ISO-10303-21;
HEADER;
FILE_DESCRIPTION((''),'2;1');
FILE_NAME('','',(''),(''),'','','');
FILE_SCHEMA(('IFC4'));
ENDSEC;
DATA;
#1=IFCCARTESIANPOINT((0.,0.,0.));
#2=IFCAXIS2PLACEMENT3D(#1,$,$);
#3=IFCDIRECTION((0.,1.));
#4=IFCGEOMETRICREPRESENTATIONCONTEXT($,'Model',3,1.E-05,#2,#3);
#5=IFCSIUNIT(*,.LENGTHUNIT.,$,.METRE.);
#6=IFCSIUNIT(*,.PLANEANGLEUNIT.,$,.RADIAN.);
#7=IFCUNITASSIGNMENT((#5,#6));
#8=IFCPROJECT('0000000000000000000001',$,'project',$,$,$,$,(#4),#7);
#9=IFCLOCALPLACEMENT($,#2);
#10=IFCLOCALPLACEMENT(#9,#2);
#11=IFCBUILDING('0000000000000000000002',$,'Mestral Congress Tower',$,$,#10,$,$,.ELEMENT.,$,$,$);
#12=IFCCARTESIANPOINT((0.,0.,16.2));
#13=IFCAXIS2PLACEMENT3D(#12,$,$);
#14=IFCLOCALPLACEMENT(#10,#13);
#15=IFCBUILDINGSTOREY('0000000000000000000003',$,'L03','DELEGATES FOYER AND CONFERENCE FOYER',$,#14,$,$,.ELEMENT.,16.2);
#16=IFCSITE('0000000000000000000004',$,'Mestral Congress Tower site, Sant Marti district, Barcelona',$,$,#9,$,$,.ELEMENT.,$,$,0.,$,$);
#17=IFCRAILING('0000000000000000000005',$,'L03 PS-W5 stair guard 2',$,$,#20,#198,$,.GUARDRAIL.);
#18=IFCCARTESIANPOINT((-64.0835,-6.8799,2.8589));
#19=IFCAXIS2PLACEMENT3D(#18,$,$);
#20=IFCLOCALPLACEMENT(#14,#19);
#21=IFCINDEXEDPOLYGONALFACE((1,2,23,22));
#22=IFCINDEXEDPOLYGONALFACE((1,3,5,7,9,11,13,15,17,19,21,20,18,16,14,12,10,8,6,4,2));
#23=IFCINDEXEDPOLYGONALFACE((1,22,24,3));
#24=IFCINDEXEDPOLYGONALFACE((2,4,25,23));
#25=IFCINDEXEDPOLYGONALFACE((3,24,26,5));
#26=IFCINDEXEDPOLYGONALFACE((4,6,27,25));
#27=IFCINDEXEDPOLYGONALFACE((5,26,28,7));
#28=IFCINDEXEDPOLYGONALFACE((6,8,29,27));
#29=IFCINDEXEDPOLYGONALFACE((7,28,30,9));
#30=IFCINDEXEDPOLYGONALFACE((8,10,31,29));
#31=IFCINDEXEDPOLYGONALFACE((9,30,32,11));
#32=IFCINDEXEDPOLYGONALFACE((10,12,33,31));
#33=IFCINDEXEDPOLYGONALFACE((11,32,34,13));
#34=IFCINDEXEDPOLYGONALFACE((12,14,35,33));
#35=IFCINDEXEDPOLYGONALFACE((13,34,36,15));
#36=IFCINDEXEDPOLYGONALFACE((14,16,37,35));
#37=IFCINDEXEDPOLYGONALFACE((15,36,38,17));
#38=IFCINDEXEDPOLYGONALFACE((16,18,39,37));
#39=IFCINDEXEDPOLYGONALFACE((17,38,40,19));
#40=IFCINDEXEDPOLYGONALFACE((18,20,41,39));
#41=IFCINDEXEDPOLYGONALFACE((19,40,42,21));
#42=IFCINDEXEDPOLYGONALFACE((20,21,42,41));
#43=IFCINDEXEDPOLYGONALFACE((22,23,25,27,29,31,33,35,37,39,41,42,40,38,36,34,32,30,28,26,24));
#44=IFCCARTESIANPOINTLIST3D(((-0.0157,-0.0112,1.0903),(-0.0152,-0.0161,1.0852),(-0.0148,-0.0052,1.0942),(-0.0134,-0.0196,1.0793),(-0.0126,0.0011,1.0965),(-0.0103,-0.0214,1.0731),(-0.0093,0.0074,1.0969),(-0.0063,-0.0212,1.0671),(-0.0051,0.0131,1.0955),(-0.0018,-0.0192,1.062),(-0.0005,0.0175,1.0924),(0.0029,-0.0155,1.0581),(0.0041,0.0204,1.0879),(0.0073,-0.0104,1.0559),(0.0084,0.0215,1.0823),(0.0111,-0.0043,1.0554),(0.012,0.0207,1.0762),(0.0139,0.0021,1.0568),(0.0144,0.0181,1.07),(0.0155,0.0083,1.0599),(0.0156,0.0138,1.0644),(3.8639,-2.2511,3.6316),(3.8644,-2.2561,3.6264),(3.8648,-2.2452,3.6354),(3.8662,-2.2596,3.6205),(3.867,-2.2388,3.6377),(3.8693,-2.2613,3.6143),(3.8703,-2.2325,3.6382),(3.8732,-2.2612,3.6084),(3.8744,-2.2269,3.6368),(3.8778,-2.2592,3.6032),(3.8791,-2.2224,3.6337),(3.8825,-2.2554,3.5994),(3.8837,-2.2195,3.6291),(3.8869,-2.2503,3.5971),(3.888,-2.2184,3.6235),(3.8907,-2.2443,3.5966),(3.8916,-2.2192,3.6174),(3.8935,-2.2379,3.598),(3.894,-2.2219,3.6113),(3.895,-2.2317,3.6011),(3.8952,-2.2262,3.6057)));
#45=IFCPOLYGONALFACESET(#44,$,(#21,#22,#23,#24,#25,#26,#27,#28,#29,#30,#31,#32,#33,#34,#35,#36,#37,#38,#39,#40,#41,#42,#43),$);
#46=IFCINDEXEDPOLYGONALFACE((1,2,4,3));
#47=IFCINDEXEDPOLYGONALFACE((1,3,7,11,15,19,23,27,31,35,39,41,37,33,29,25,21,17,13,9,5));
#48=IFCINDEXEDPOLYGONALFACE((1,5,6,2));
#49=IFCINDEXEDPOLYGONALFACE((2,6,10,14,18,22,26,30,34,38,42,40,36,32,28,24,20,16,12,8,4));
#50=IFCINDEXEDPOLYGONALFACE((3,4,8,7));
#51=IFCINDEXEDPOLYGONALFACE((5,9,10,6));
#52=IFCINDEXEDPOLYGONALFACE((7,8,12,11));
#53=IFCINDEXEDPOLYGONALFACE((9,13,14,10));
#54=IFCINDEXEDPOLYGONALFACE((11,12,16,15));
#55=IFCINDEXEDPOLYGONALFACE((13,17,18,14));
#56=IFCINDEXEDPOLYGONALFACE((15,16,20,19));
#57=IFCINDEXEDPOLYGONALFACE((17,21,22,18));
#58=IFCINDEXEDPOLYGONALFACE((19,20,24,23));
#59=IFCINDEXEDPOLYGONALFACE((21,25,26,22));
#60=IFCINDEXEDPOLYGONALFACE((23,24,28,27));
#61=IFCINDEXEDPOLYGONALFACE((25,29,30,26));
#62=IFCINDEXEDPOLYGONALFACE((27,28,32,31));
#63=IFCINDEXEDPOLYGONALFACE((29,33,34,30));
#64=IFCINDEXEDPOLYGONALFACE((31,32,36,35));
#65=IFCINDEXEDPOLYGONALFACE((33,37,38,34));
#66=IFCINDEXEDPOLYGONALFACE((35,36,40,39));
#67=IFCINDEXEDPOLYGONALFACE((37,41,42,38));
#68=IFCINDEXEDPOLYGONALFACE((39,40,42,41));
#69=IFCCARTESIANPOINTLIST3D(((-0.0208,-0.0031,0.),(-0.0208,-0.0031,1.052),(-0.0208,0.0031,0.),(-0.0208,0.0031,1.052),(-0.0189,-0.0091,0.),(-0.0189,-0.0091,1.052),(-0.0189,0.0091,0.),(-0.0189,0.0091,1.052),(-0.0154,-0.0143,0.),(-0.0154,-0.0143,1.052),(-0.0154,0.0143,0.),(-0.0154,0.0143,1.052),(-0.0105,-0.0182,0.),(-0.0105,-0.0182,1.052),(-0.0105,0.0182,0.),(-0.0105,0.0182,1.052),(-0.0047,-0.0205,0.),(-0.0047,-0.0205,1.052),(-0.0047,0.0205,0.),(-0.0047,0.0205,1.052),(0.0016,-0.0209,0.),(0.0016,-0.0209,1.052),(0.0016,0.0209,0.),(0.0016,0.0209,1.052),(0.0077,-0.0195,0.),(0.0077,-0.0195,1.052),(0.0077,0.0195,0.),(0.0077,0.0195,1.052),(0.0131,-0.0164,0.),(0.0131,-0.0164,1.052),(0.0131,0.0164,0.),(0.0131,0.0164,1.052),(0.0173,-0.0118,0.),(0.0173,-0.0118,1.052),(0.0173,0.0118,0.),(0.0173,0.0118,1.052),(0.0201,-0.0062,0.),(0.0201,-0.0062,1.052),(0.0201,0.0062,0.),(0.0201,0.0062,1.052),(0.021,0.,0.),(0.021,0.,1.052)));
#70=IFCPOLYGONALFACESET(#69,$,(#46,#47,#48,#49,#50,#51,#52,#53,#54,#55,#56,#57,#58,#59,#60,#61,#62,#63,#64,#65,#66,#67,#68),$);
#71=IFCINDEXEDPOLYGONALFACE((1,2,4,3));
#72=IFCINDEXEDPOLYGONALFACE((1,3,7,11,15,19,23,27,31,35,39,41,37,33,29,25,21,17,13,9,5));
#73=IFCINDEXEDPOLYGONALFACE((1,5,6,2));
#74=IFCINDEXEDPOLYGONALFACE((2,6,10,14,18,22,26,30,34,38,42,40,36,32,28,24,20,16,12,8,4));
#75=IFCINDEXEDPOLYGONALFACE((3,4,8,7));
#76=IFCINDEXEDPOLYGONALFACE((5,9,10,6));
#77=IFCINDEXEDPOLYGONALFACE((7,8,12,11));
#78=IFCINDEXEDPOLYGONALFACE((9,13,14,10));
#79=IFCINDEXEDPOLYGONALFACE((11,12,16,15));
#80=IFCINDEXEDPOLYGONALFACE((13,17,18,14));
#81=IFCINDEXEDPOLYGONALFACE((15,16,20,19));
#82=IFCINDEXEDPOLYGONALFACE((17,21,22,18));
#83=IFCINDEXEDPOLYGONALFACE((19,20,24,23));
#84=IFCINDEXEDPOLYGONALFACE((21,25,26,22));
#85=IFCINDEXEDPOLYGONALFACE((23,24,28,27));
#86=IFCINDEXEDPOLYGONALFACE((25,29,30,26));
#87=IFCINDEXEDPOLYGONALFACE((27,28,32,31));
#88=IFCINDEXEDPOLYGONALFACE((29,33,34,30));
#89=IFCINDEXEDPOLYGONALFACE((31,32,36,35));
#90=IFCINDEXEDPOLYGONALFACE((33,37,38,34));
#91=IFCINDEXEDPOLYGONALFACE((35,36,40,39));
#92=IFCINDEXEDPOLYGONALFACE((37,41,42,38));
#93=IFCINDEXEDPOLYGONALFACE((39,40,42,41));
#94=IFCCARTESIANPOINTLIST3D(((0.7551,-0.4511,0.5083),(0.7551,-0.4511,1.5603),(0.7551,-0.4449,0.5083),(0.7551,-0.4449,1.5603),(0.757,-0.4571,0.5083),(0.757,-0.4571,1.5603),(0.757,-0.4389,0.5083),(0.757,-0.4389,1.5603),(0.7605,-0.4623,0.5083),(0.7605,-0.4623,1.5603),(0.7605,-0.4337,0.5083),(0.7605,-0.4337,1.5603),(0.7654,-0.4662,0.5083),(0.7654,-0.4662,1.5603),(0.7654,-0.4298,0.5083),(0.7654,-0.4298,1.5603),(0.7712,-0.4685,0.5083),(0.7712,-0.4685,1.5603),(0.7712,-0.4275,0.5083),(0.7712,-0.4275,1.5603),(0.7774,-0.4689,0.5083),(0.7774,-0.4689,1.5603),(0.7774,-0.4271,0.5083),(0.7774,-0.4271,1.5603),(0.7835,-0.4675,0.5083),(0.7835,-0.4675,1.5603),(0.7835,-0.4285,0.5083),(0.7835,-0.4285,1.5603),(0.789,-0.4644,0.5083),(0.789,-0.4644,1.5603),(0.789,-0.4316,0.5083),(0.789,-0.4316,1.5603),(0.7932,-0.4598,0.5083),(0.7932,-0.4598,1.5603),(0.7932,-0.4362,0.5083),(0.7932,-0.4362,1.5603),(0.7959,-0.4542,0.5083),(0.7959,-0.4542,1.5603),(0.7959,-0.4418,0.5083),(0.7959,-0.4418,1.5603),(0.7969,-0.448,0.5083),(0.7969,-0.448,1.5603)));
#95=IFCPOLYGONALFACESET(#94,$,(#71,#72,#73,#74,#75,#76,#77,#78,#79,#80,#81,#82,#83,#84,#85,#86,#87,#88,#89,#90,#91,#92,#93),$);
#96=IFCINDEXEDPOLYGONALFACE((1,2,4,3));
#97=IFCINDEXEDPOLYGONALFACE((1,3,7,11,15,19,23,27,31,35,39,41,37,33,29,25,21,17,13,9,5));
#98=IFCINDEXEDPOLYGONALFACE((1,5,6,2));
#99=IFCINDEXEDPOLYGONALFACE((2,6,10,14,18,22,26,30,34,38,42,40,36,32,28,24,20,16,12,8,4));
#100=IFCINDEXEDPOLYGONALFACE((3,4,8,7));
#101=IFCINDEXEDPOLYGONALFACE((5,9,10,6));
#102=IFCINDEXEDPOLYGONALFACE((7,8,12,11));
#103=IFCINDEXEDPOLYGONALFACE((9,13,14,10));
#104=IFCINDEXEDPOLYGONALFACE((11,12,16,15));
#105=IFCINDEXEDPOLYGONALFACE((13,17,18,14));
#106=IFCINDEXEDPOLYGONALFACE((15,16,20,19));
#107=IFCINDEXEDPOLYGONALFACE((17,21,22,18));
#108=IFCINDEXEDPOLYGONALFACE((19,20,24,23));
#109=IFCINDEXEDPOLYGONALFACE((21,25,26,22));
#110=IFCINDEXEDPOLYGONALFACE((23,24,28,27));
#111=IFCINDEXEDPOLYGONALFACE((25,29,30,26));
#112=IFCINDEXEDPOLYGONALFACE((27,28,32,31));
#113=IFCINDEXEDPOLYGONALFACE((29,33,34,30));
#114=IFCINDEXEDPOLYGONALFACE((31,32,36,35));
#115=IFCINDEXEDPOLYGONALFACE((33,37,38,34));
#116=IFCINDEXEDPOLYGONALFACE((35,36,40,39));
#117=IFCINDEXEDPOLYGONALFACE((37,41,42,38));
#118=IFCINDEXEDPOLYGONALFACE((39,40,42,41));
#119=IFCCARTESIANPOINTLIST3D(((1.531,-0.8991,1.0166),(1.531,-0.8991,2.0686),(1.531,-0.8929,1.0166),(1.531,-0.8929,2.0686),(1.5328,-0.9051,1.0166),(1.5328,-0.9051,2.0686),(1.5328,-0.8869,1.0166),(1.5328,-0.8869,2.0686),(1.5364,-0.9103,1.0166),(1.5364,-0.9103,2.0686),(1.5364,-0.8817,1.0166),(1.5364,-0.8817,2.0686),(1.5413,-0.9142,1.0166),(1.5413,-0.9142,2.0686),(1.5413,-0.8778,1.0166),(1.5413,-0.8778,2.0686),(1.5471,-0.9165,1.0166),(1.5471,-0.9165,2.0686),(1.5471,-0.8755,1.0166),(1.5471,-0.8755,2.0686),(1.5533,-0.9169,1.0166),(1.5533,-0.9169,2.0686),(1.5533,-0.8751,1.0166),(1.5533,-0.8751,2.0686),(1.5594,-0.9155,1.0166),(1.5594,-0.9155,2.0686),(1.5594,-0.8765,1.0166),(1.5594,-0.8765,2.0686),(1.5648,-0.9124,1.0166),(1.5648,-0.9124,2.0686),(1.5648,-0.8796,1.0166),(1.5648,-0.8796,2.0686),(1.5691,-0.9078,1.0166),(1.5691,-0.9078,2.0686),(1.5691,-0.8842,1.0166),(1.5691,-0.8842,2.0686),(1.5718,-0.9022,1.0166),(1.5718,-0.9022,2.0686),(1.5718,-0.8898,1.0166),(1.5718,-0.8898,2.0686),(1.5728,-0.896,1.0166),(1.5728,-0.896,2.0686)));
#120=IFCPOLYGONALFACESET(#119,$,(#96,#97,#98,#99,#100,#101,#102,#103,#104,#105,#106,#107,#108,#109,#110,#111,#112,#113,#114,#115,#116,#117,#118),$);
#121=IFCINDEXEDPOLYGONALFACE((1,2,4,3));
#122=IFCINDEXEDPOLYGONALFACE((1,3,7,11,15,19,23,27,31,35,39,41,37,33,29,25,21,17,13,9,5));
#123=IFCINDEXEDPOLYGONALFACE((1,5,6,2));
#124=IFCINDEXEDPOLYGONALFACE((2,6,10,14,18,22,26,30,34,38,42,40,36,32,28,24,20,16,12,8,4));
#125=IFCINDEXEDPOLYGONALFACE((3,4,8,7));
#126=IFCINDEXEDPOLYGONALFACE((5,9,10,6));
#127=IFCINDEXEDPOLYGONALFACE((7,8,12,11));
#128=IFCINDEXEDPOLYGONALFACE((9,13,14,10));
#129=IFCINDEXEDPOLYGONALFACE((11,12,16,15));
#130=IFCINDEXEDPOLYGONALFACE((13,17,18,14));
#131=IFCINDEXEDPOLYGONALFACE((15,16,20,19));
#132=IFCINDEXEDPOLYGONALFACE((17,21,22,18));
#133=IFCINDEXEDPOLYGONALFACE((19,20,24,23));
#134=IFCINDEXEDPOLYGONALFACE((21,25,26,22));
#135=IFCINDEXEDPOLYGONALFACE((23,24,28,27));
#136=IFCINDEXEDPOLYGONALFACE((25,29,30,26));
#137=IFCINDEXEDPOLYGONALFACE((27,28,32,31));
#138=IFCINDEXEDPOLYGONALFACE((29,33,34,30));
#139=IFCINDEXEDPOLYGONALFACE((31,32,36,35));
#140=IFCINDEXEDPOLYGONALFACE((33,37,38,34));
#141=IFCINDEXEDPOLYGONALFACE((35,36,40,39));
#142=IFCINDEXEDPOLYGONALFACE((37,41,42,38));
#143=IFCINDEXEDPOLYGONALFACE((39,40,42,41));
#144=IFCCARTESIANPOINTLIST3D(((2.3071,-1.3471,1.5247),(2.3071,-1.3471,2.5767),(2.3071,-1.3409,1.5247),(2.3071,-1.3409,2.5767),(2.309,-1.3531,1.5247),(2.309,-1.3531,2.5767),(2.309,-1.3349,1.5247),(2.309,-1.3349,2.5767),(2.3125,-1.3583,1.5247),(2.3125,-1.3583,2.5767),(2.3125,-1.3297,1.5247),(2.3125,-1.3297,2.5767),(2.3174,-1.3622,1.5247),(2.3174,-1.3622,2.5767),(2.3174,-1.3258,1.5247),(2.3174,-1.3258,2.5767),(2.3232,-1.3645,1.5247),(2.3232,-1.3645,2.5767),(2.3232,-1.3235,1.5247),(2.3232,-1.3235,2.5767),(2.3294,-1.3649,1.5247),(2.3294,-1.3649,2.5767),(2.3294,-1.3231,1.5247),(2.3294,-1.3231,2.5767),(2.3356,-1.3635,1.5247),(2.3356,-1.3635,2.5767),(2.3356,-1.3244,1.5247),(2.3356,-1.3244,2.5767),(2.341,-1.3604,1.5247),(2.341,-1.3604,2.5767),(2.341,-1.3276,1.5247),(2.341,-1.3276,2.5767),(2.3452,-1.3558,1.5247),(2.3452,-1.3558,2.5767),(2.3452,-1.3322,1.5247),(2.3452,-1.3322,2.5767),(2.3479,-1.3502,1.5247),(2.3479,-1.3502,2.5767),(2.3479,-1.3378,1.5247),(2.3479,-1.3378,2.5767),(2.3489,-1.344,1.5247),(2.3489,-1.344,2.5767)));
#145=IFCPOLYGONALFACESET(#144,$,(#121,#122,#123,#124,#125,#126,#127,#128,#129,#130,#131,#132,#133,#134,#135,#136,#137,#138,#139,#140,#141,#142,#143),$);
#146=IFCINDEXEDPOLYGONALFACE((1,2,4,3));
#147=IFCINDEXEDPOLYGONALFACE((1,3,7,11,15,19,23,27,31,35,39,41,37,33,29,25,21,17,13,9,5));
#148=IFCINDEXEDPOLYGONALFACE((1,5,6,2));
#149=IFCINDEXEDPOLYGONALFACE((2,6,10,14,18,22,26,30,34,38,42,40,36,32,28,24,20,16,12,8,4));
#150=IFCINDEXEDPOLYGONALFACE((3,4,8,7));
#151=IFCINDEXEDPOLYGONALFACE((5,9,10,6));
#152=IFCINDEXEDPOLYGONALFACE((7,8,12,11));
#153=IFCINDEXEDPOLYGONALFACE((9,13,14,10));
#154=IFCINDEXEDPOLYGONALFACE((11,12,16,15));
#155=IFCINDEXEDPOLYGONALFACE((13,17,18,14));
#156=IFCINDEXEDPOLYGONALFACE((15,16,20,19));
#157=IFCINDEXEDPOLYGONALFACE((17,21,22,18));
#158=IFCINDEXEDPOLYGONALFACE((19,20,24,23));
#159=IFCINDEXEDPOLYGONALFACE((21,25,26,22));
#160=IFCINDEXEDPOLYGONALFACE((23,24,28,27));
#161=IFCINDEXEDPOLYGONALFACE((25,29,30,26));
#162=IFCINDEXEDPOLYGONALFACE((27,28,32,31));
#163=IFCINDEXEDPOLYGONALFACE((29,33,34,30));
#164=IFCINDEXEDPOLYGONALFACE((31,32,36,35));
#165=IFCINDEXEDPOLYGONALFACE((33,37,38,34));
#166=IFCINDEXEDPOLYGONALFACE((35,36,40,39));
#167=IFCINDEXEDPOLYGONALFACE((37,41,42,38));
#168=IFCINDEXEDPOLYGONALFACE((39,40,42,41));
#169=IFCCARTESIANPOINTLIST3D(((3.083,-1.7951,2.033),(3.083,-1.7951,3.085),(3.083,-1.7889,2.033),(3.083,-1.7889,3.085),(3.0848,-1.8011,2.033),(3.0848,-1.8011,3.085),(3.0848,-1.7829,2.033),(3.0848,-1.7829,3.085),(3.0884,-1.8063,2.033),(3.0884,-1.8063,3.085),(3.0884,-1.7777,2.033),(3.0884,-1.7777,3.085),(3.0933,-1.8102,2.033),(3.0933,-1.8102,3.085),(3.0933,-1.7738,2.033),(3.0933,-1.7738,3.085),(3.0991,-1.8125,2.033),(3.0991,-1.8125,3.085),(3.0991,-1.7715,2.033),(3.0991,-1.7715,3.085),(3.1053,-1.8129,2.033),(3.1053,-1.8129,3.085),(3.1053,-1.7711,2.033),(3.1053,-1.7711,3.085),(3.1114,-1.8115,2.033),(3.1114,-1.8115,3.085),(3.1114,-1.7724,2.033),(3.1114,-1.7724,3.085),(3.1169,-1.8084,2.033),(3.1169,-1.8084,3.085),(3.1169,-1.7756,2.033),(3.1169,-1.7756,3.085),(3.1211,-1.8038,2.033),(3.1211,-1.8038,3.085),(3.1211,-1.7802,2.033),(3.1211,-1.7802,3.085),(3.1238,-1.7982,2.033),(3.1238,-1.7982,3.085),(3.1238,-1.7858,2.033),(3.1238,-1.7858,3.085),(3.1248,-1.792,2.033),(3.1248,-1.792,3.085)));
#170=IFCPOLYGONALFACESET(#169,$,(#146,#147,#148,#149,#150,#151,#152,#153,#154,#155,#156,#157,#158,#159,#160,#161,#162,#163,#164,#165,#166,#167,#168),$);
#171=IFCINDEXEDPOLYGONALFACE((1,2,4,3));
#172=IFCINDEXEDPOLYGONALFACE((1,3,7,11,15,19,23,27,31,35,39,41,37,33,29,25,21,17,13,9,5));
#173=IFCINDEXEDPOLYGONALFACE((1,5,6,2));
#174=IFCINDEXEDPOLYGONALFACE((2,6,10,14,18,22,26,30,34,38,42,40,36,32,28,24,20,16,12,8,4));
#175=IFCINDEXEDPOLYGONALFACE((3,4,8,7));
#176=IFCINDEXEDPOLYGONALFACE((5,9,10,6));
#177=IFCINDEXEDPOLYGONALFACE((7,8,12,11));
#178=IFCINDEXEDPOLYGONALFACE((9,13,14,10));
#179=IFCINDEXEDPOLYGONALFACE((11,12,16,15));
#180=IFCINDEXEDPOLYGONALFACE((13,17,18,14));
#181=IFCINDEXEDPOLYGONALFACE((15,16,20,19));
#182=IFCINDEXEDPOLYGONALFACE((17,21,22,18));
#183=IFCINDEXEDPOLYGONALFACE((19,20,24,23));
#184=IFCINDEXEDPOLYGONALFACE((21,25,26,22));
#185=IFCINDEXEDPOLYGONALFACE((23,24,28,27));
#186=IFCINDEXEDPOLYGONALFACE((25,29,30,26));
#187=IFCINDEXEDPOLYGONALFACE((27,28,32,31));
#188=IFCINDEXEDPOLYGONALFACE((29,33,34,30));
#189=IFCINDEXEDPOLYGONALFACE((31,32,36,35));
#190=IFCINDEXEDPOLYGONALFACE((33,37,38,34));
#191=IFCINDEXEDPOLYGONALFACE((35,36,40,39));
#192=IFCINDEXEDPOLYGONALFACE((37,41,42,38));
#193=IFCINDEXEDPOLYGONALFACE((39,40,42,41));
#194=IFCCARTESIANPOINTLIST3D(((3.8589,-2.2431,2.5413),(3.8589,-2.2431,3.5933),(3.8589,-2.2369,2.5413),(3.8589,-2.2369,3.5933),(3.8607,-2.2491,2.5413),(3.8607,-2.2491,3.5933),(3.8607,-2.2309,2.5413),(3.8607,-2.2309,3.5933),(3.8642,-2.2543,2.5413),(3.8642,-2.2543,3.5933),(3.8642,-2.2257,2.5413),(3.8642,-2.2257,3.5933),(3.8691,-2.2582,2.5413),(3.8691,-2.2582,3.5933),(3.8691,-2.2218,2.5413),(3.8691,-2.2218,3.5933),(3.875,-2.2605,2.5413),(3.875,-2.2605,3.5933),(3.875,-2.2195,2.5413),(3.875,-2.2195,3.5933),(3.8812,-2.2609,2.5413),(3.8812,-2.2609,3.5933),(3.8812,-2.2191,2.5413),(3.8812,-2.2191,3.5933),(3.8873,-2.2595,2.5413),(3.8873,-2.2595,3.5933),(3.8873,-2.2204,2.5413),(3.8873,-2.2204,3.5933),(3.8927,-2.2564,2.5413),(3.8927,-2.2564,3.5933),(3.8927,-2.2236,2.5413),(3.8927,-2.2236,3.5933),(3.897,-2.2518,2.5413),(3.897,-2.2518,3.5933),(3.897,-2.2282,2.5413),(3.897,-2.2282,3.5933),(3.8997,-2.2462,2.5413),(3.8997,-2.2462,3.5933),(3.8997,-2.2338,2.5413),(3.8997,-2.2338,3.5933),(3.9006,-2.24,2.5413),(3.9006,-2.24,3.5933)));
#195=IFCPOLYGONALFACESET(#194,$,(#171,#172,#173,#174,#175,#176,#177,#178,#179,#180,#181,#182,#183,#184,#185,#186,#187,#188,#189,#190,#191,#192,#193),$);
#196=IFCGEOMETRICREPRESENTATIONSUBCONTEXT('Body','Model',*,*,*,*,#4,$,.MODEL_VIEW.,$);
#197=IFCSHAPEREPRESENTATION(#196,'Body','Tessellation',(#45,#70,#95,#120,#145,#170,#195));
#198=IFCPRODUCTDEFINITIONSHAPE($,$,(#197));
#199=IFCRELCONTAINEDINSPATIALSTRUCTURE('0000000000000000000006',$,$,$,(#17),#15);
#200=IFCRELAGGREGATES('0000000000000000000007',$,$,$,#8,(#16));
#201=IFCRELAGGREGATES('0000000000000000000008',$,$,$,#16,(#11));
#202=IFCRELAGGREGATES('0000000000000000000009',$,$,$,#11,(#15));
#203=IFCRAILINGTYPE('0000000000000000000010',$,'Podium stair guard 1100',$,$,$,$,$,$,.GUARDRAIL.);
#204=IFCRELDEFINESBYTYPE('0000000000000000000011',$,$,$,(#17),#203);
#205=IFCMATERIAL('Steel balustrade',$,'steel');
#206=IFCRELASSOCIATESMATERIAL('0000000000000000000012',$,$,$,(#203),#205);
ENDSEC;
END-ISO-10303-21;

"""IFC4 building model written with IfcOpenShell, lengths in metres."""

from ifc_helpers import new_model, si_unit, direction, frame, origin, origin_2d, place, context, subcontext, project, spatial, circle, extrude, material, type_object, element, save


model = new_model("IFC4")

# Units and contexts
model_context = context("Model", 3, precision=1e-05, world=origin(), true_north=direction((0.0, 1.0)))
body_context = subcontext(model_context, "Body", "Model", "MODEL_VIEW")
ifc_project = project(units=[si_unit("LENGTHUNIT", "METRE"), si_unit("PLANEANGLEUNIT", "RADIAN")], contexts=[model_context])

# Site, building, storey
site_placement = place(None, origin())
site = spatial("IfcSite", under=ifc_project, at=site_placement, Name="Mestral Congress Tower site, Sant Marti district, Barcelona", CompositionType="ELEMENT", RefElevation=0.0)
building_placement = place(site_placement, origin())
building = spatial("IfcBuilding", under=site, at=building_placement, Name="Mestral Congress Tower", CompositionType="ELEMENT")
storey_placement = place(building_placement, frame((0.0, 0.0, 16.2)))
storey = spatial("IfcBuildingStorey", under=building, at=storey_placement, Name="L03", Description="DELEGATES FOYER AND CONFERENCE FOYER", CompositionType="ELEMENT", Elevation=16.2)

# Railing
ifc_material_1 = material(Name="Steel balustrade", Category="steel")
railing_type_1 = type_object("IfcRailingType", Name="Podium stair guard 1100", PredefinedType="GUARDRAIL", material=ifc_material_1)
railing_1_placement = place(storey_placement, frame((-64.0835, -6.8799, 2.8589)))
element("IfcRailing", 1, at=railing_1_placement, inside=storey, type_object=railing_type_1, Name="L03 PS-W5 stair guard 2", PredefinedType="GUARDRAIL", context=body_context, shape_type="SweptSolid", body=[
    extrude(circle(Radius=0.0239, at=origin_2d()), frame((0.0, 0.0, 1.0762), z_axis=(0.753262, -0.434911, 0.493405), x_axis=(0.500013, 0.866018, 0.0)), (0.0, 0.0, 1.0), 5.1504),
    extrude(circle(Radius=0.021, at=origin_2d()), origin(), (0.0, 0.0, 1.0), 1.052),
    extrude(circle(Radius=0.021, at=origin_2d()), frame((0.7759, -0.448, 0.5083)), (0.0, 0.0, 1.0), 1.052),
    extrude(circle(Radius=0.021, at=origin_2d()), frame((1.5518, -0.896, 1.0166)), (0.0, 0.0, 1.0), 1.052),
    extrude(circle(Radius=0.021, at=origin_2d()), frame((2.3279, -1.344, 1.5247)), (0.0, 0.0, 1.0), 1.052),
    extrude(circle(Radius=0.021, at=origin_2d()), frame((3.1038, -1.792, 2.033)), (0.0, 0.0, 1.0), 1.052),
    extrude(circle(Radius=0.021, at=origin_2d()), frame((3.8796, -2.24, 2.5413)), (0.0, 0.0, 1.0), 1.052),
])

save(model, "model.ifc")
